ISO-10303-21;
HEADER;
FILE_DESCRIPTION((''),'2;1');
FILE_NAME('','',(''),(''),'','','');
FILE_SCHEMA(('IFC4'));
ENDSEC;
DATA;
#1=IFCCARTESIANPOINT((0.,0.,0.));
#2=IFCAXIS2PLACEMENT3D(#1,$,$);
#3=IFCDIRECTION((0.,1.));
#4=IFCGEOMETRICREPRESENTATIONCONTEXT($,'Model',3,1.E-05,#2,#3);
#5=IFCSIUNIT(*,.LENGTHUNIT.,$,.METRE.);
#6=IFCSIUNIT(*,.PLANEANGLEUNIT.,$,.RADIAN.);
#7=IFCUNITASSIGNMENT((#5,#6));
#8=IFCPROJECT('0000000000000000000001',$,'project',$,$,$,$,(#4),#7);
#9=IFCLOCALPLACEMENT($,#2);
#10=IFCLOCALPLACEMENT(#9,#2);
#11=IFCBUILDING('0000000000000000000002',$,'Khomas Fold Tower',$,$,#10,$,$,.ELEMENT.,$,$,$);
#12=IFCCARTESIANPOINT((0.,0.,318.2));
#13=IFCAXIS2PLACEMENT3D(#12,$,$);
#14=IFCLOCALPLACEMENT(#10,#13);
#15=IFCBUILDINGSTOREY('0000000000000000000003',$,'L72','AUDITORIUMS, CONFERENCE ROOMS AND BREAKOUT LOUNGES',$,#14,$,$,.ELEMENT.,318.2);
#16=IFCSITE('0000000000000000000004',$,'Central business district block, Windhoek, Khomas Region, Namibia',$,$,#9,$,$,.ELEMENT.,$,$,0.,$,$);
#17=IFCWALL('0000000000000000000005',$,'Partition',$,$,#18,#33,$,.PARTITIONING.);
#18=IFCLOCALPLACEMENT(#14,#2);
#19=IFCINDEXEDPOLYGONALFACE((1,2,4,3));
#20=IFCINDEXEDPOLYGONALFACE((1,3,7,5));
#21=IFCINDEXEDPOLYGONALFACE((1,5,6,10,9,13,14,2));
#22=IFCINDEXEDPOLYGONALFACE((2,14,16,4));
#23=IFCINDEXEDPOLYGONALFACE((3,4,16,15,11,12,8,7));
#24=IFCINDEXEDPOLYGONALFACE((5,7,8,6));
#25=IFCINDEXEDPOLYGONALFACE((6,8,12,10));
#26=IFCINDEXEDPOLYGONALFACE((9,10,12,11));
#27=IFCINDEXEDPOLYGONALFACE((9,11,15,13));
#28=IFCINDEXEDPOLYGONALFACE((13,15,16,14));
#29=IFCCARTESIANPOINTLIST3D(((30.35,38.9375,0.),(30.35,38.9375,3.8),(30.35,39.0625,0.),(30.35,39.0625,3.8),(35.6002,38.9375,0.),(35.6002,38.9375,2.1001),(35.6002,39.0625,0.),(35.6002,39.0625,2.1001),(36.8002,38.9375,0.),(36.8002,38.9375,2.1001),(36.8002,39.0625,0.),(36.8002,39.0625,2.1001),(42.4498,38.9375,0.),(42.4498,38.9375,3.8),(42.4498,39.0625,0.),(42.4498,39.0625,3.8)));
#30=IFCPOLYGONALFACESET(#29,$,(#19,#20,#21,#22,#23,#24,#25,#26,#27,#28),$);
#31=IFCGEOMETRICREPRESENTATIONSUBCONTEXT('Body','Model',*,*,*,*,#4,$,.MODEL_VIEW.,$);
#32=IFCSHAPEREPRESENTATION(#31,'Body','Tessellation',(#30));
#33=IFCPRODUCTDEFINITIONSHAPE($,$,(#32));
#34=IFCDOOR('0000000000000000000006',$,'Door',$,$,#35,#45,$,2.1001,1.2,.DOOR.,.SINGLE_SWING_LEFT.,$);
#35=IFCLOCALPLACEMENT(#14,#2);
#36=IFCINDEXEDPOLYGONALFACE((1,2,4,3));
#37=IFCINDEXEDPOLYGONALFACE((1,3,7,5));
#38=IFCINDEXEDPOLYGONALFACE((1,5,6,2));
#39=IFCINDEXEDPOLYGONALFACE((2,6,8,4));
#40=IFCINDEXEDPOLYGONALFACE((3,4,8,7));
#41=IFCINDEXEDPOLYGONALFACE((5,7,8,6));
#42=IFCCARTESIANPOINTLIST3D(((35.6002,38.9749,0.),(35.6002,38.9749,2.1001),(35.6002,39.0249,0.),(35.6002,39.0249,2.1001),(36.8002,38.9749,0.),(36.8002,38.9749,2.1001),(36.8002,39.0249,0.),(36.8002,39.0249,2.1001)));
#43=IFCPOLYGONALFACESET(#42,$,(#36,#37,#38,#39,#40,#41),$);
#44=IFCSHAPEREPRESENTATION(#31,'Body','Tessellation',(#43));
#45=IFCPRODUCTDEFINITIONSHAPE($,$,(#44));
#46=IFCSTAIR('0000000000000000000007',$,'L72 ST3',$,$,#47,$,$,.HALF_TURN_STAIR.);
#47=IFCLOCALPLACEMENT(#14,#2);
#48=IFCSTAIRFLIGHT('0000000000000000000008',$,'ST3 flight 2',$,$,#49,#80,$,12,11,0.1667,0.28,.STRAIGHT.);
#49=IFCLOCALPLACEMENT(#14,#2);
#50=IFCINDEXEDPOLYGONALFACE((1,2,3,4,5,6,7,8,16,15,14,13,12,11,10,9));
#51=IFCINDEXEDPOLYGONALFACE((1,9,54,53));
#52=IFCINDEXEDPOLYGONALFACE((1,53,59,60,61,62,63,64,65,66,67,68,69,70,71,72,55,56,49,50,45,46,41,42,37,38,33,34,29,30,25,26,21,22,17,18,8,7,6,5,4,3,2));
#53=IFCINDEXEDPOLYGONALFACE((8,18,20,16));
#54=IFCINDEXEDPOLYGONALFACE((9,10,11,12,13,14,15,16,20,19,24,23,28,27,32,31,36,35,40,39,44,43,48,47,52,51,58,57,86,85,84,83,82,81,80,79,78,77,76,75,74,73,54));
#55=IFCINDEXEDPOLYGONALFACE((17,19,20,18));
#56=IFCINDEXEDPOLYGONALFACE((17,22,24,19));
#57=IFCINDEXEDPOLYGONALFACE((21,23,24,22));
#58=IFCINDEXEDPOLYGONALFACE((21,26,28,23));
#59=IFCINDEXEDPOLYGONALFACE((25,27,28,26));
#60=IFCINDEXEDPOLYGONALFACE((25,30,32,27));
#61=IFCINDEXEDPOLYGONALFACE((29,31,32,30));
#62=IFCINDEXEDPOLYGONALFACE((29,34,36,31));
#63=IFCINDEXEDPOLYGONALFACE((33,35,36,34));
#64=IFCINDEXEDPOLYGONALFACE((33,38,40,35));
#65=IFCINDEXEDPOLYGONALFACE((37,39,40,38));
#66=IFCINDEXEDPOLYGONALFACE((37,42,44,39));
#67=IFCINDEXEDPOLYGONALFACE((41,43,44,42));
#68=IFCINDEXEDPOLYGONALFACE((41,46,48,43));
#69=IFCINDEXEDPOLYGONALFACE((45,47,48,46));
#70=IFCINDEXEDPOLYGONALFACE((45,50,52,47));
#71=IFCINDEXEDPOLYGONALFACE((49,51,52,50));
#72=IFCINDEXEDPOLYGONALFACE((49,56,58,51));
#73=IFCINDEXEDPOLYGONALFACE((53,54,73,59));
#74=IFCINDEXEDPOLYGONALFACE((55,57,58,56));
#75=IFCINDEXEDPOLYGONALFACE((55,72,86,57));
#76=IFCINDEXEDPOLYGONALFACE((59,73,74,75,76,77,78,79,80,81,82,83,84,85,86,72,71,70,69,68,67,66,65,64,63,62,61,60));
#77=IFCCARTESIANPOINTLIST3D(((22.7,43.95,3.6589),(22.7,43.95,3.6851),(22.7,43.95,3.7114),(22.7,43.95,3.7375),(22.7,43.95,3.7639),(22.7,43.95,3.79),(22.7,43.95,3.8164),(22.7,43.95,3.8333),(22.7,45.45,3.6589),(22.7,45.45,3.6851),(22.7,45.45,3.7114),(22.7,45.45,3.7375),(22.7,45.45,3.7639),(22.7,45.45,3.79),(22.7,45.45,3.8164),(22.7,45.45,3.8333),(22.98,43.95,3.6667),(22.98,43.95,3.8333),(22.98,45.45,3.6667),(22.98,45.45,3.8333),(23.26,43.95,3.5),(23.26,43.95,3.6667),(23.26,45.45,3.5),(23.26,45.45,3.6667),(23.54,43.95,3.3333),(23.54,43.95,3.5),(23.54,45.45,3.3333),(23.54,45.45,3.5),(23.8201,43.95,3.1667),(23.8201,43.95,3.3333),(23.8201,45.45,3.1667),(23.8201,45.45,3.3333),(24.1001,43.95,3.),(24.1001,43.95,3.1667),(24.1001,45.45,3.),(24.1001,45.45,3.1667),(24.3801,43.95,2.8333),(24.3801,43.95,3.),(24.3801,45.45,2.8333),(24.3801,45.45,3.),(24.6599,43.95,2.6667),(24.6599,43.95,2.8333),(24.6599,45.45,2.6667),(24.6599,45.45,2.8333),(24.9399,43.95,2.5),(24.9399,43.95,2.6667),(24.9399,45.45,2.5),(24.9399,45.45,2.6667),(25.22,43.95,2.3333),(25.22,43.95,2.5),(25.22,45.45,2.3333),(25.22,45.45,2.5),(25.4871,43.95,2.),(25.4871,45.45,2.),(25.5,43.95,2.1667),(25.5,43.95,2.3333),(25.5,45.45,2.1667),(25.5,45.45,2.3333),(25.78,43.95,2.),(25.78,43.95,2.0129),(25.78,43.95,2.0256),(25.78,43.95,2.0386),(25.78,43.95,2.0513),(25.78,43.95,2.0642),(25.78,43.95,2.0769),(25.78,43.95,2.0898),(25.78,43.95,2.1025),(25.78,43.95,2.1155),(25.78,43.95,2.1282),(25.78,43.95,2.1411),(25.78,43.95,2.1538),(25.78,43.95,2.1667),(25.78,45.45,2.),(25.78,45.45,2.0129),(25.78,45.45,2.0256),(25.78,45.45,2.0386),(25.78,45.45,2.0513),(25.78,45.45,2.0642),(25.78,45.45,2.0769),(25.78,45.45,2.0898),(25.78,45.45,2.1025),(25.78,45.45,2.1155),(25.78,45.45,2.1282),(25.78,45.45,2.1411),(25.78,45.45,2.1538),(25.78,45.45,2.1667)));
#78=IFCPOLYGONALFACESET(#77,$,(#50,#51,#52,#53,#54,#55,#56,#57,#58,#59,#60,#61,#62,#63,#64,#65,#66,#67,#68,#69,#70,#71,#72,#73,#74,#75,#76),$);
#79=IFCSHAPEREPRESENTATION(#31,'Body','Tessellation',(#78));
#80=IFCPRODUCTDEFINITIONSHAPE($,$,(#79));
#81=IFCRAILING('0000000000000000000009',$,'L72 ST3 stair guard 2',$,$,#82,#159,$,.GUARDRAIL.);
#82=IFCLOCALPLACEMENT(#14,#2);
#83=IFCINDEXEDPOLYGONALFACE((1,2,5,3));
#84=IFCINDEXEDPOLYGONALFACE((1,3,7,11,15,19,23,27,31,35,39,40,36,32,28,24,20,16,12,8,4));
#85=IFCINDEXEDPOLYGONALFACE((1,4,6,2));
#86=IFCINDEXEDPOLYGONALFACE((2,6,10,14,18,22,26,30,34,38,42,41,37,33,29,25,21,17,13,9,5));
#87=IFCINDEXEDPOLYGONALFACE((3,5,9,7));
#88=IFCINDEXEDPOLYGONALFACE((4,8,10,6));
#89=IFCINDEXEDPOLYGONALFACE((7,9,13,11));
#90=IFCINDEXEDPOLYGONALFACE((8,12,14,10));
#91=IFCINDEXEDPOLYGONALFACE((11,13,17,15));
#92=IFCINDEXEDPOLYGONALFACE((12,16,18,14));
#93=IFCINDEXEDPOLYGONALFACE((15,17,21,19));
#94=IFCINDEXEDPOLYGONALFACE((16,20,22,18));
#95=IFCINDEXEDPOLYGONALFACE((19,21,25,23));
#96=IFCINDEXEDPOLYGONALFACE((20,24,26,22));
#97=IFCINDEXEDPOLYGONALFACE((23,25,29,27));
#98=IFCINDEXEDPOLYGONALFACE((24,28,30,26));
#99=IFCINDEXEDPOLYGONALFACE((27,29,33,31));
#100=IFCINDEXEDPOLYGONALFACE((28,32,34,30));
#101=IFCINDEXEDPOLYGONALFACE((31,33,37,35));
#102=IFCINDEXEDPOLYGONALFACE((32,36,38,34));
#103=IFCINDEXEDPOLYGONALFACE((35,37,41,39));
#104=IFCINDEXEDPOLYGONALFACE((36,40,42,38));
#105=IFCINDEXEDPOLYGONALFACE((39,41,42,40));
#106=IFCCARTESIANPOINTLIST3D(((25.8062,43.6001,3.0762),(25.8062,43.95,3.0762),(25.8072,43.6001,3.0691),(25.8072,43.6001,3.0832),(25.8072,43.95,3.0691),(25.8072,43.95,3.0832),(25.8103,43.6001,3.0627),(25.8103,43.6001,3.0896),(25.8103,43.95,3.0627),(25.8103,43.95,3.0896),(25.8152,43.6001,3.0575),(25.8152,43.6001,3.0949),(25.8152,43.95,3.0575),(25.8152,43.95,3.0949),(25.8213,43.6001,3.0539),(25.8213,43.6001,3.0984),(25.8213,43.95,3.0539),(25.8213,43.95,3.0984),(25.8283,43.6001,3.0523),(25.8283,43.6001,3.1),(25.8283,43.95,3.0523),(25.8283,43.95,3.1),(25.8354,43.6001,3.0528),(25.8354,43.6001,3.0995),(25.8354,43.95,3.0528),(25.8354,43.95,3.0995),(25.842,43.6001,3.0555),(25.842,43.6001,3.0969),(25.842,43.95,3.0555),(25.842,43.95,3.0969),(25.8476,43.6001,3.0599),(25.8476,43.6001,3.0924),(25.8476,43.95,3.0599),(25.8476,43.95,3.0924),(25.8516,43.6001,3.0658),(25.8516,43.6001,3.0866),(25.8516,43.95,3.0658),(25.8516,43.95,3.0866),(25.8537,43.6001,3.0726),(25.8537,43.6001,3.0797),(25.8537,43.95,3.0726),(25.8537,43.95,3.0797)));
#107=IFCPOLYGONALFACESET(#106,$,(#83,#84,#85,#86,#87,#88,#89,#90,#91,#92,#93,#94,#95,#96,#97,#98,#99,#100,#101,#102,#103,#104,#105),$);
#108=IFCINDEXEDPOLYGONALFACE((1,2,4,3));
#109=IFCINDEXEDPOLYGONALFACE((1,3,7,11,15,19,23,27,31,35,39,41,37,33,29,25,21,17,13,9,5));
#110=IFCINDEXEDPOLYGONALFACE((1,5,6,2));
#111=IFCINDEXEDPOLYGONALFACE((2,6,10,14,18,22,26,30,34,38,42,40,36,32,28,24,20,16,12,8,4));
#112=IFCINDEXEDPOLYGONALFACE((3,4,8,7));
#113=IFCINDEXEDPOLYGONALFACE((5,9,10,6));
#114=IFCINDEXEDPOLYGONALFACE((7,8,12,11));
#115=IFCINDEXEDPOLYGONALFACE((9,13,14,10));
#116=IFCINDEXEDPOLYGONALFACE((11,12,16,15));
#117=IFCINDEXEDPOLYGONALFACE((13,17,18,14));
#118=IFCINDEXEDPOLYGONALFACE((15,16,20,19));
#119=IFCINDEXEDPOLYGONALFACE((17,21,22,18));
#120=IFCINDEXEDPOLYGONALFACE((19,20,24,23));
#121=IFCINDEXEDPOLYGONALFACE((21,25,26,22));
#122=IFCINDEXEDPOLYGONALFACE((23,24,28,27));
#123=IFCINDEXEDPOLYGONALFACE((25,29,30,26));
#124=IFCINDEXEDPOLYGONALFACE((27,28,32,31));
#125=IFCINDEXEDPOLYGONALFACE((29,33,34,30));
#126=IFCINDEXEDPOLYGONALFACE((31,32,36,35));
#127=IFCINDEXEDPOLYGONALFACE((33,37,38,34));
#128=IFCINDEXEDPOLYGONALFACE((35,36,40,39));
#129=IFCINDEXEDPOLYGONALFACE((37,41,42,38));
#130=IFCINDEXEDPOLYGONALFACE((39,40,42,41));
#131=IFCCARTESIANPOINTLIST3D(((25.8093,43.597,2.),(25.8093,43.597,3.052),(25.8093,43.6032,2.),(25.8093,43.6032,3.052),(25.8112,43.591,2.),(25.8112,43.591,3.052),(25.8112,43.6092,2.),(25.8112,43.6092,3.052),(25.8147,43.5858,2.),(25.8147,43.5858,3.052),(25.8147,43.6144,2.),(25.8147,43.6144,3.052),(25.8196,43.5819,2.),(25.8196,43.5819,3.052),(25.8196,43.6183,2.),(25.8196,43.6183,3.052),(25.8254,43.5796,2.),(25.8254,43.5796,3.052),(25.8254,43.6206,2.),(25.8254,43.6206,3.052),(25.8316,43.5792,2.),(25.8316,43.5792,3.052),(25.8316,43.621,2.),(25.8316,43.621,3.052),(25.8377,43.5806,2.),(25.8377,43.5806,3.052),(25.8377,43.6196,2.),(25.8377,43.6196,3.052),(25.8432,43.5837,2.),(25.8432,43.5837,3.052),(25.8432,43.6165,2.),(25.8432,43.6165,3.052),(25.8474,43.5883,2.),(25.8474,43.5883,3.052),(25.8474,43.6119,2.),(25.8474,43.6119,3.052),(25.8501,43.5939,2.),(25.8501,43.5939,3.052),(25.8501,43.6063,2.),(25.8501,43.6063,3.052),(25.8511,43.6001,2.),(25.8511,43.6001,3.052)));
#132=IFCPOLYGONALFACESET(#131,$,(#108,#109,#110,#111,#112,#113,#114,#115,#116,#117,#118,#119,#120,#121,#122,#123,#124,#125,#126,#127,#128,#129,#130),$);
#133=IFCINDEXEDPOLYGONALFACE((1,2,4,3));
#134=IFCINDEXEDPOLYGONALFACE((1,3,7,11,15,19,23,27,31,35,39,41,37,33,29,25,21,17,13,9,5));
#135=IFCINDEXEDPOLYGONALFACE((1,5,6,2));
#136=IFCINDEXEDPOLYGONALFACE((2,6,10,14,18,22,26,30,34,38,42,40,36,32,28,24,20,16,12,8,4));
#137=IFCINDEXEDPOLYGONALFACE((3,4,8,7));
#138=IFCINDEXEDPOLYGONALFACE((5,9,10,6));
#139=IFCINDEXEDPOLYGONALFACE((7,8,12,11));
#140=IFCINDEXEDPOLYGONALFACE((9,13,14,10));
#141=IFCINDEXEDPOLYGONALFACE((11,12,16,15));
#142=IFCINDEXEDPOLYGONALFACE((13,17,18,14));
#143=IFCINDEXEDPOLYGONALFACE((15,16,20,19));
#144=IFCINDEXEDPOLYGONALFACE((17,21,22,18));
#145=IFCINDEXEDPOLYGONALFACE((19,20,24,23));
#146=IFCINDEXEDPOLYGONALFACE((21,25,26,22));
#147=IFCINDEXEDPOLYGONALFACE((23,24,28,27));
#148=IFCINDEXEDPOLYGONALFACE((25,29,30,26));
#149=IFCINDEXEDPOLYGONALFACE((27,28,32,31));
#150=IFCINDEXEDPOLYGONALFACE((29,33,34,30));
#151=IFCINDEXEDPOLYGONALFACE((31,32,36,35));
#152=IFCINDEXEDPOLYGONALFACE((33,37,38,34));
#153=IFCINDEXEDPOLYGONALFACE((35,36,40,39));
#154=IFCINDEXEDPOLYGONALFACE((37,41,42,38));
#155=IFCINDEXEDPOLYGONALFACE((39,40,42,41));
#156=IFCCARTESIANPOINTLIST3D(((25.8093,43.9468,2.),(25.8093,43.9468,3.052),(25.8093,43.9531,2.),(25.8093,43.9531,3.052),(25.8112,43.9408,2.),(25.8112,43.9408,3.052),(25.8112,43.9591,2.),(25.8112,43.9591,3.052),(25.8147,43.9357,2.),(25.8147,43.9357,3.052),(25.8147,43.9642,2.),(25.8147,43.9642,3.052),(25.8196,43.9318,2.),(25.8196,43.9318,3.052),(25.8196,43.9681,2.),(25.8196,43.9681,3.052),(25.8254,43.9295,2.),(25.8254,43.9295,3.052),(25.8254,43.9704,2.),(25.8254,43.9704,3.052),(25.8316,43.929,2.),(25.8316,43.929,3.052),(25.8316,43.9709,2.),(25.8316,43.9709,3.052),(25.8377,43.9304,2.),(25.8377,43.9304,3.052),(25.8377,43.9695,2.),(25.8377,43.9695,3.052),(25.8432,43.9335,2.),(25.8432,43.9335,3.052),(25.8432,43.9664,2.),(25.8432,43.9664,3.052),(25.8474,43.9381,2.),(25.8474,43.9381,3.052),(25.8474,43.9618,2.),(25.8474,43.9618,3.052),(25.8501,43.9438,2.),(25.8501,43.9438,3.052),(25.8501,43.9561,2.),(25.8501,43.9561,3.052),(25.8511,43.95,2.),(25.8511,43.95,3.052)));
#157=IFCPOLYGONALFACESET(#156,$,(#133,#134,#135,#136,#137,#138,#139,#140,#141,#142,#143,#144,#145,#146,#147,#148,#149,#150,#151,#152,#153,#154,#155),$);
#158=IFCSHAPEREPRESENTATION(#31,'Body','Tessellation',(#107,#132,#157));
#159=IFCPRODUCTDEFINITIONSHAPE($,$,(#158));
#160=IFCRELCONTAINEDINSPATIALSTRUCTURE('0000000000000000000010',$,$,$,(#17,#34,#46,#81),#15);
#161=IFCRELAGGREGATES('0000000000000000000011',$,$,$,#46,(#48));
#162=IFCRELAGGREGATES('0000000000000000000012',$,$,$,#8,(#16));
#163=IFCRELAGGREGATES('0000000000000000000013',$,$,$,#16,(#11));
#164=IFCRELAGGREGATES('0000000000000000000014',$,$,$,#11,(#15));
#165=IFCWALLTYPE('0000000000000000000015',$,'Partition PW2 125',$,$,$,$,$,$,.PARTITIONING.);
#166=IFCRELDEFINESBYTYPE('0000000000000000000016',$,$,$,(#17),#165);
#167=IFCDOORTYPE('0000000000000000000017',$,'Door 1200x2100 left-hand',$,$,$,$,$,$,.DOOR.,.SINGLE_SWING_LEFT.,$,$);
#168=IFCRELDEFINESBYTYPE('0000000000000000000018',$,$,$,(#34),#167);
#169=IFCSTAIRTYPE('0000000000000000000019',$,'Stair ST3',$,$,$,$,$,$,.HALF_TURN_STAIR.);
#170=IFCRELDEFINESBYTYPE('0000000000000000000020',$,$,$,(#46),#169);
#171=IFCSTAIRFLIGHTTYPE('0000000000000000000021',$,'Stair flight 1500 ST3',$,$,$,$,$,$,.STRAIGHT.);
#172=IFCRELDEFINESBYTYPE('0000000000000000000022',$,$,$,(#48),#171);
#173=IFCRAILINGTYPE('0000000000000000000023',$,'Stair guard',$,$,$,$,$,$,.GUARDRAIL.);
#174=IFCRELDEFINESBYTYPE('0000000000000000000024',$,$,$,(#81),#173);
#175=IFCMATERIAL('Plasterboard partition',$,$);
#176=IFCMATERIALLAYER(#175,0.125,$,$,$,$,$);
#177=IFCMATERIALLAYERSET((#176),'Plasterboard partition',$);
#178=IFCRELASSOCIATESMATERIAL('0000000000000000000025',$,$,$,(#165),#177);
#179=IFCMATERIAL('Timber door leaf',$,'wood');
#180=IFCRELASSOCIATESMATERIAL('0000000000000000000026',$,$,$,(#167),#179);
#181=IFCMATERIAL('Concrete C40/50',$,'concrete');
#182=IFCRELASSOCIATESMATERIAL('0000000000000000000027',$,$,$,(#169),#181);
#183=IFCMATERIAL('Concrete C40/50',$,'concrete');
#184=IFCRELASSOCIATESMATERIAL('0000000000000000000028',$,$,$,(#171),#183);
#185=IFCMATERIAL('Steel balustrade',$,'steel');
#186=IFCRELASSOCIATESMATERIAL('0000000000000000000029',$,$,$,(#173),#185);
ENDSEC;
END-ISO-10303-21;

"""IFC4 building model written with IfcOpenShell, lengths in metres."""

from ifc_helpers import new_model, si_unit, direction, frame, frame_2d, origin, origin_2d, place, context, subcontext, project, spatial, polyline, rectangle, circle, outline, extrude, source, transform, mapped, material, layer, layer_set, type_object, element, fill, aggregate, save


model = new_model("IFC4")

# Units and contexts
model_context = context("Model", 3, precision=1e-05, world=origin(), true_north=direction((0.0, 1.0)))
body_context = subcontext(model_context, "Body", "Model", "MODEL_VIEW")
ifc_project = project(units=[si_unit("LENGTHUNIT", "METRE"), si_unit("PLANEANGLEUNIT", "RADIAN")], contexts=[model_context])

# Site, building, storey
site_placement = place(None, origin())
site = spatial("IfcSite", under=ifc_project, at=site_placement, Name="Central business district block, Windhoek, Khomas Region, Namibia", CompositionType="ELEMENT", RefElevation=0.0)
building_placement = place(site_placement, origin())
building = spatial("IfcBuilding", under=site, at=building_placement, Name="Khomas Fold Tower", CompositionType="ELEMENT")
storey_placement = place(building_placement, frame((0.0, 0.0, 318.2)))
storey = spatial("IfcBuildingStorey", under=building, at=storey_placement, Name="L72", Description="AUDITORIUMS, CONFERENCE ROOMS AND BREAKOUT LOUNGES", CompositionType="ELEMENT", Elevation=318.2)

# Shared definitions
ifc_material_1 = material(Name="Plasterboard partition")
ifc_layer_1 = layer(ifc_material_1, 0.125)
ifc_layer_set_1 = layer_set([ifc_layer_1], Name="Plasterboard partition")
wall_type_1 = type_object("IfcWallType", Name="Partition PW2 125", PredefinedType="PARTITIONING", material=ifc_layer_set_1)

# Wall, opening, door
shared_shape_1 = source(origin(), body_context, "Body", "SweptSolid", [
    extrude(rectangle(XDim=12.0999, YDim=0.125, at=frame_2d((6.0498, 0.0))), origin(), (0.0, 0.0, 1.0), 3.8),
])
wall_1_placement = place(storey_placement, frame((30.3501, 39.0, 0.0), z_axis=(0.0, 0.0, 1.0), x_axis=(1.0, 0.0, 0.0)))
wall_1 = element("IfcWall", 1, at=wall_1_placement, inside=storey, type_object=wall_type_1, Name="Partition", PredefinedType="PARTITIONING", context=body_context, shape_type="MappedRepresentation", body=[
    mapped(shared_shape_1, transform((0.0, 0.0, 0.0))),
])
shared_shape_2 = source(origin(), body_context, "Body", "SweptSolid", [
    extrude(rectangle(XDim=1.2, YDim=2.1001, at=frame_2d((0.6001, 1.05))), frame((0.0, 0.0725, 0.0), z_axis=(0.0, -1.0, 0.0), x_axis=(1.0, 0.0, 0.0)), (0.0, 0.0, 1.0), 0.145),
])
opening_1_placement = place(wall_1_placement, frame((5.25, 0.0, 0.0)))
opening_1 = element("IfcOpeningElement", 2, at=opening_1_placement, cuts=wall_1, PredefinedType="OPENING", context=body_context, shape_type="MappedRepresentation", body=[
    mapped(shared_shape_2, transform((0.0, 0.0, 0.0))),
])
ifc_material_2 = material(Name="Timber door leaf", Category="wood")
door_type_1 = type_object("IfcDoorType", Name="Door 1200x2100 left-hand", OperationType="SINGLE_SWING_LEFT", PredefinedType="DOOR", material=ifc_material_2)
shared_shape_3 = source(origin(), body_context, "Body", "SweptSolid", [
    extrude(rectangle(XDim=1.2, YDim=2.1001, at=frame_2d((0.6001, 1.05))), frame((0.0, 0.0249, 0.0), z_axis=(0.0, -1.0, 0.0), x_axis=(1.0, 0.0, 0.0)), (0.0, 0.0, 1.0), 0.05),
])
door_1_placement = place(opening_1_placement, origin())
door_1 = element("IfcDoor", 3, at=door_1_placement, inside=storey, type_object=door_type_1, Name="Door", OperationType="SINGLE_SWING_LEFT", OverallHeight=2.1001, OverallWidth=1.2, PredefinedType="DOOR", context=body_context, shape_type="MappedRepresentation", body=[
    mapped(shared_shape_3, transform((0.0, 0.0, 0.0))),
])
fill(opening_1, door_1)

# Stair, stair flight
ifc_material_3 = material(Name="Concrete C40/50", Category="concrete")
stair_type = type_object("IfcStairType", Name="Stair ST3", PredefinedType="HALF_TURN_STAIR", material=ifc_material_3)
stair_placement = place(storey_placement, origin())
stair = element("IfcStair", 4, at=stair_placement, inside=storey, type_object=stair_type, Name="L72 ST3", PredefinedType="HALF_TURN_STAIR")
ifc_material_4 = material(Name="Concrete C40/50", Category="concrete")
stair_flight_type = type_object("IfcStairFlightType", Name="Stair flight 1500 ST3", PredefinedType="STRAIGHT", material=ifc_material_4)
shared_shape_4 = source(origin(), body_context, "Body", "SweptSolid", [
    extrude(outline(polyline([(0.0, 0.0), (0.0, 0.0129), (0.0, 0.0256), (0.0, 0.0386), (0.0, 0.0513), (0.0, 0.0642), (0.0, 0.0769), (0.0, 0.0898), (0.0, 0.1025), (0.0, 0.1155), (0.0, 0.1282), (0.0, 0.1411), (0.0, 0.1538), (0.0, 0.1667), (0.28, 0.1667), (0.28, 0.3333), (0.5601, 0.3333), (0.5601, 0.5), (0.8401, 0.5), (0.8401, 0.6667), (1.1201, 0.6667), (1.1201, 0.8333), (1.3999, 0.8333), (1.3999, 1.0), (1.6799, 1.0), (1.6799, 1.1667), (1.96, 1.1667), (1.96, 1.3333), (2.24, 1.3333), (2.24, 1.5), (2.52, 1.5), (2.52, 1.6667), (2.8, 1.6667), (2.8, 1.8333), (3.0801, 1.8333), (3.0801, 2.0), (3.0801, 1.9739), (3.0801, 1.9475), (3.0801, 1.9214), (3.0801, 1.895), (3.0801, 1.8689), (3.0801, 1.8425), (3.0801, 1.8164), (3.0801, 1.79), (3.0801, 1.7639), (3.0801, 1.7375), (3.0801, 1.7114), (3.0801, 1.6851), (3.0801, 1.6589), (0.293, 0.0), (0.0, 0.0)])), frame((0.0, 0.75, 0.0), z_axis=(0.0, -1.0, 0.0), x_axis=(1.0, 0.0, 0.0)), (0.0, 0.0, 1.0), 1.5),
])
stair_flight_placement = place(storey_placement, frame((25.78, 44.7, 2.0), z_axis=(0.0, 0.0, 1.0), x_axis=(-1.0, 0.0, 0.0)))
stair_flight = element("IfcStairFlight", 5, at=stair_flight_placement, type_object=stair_flight_type, Name="ST3 flight 2", NumberOfRisers=12, NumberOfTreads=11, PredefinedType="STRAIGHT", RiserHeight=0.1667, TreadLength=0.28, context=body_context, shape_type="MappedRepresentation", body=[
    mapped(shared_shape_4, transform((0.0, 0.0, 0.0))),
])
aggregate(stair, [stair_flight])

# Railing
ifc_material_5 = material(Name="Steel balustrade", Category="steel")
railing_type_1 = type_object("IfcRailingType", Name="Stair guard", PredefinedType="GUARDRAIL", material=ifc_material_5)
shared_shape_5 = source(origin(), body_context, "Body", "SweptSolid", [
    extrude(circle(Radius=0.0239, at=origin_2d()), frame((0.0, 0.0, 1.0762), z_axis=(0.0, 1.0, 0.0), x_axis=(-1.0, 0.0, 0.0)), (0.0, 0.0, 1.0), 0.3499),
    extrude(circle(Radius=0.021, at=origin_2d()), origin(), (0.0, 0.0, 1.0), 1.052),
    extrude(circle(Radius=0.021, at=origin_2d()), frame((0.0, 0.3499, 0.0)), (0.0, 0.0, 1.0), 1.052),
])
railing_1_placement = place(storey_placement, frame((25.8301, 43.6001, 2.0)))
element("IfcRailing", 6, at=railing_1_placement, inside=storey, type_object=railing_type_1, Name="L72 ST3 stair guard 2", PredefinedType="GUARDRAIL", context=body_context, shape_type="MappedRepresentation", body=[
    mapped(shared_shape_5, transform((0.0, 0.0, 0.0))),
])

save(model, "model.ifc")
